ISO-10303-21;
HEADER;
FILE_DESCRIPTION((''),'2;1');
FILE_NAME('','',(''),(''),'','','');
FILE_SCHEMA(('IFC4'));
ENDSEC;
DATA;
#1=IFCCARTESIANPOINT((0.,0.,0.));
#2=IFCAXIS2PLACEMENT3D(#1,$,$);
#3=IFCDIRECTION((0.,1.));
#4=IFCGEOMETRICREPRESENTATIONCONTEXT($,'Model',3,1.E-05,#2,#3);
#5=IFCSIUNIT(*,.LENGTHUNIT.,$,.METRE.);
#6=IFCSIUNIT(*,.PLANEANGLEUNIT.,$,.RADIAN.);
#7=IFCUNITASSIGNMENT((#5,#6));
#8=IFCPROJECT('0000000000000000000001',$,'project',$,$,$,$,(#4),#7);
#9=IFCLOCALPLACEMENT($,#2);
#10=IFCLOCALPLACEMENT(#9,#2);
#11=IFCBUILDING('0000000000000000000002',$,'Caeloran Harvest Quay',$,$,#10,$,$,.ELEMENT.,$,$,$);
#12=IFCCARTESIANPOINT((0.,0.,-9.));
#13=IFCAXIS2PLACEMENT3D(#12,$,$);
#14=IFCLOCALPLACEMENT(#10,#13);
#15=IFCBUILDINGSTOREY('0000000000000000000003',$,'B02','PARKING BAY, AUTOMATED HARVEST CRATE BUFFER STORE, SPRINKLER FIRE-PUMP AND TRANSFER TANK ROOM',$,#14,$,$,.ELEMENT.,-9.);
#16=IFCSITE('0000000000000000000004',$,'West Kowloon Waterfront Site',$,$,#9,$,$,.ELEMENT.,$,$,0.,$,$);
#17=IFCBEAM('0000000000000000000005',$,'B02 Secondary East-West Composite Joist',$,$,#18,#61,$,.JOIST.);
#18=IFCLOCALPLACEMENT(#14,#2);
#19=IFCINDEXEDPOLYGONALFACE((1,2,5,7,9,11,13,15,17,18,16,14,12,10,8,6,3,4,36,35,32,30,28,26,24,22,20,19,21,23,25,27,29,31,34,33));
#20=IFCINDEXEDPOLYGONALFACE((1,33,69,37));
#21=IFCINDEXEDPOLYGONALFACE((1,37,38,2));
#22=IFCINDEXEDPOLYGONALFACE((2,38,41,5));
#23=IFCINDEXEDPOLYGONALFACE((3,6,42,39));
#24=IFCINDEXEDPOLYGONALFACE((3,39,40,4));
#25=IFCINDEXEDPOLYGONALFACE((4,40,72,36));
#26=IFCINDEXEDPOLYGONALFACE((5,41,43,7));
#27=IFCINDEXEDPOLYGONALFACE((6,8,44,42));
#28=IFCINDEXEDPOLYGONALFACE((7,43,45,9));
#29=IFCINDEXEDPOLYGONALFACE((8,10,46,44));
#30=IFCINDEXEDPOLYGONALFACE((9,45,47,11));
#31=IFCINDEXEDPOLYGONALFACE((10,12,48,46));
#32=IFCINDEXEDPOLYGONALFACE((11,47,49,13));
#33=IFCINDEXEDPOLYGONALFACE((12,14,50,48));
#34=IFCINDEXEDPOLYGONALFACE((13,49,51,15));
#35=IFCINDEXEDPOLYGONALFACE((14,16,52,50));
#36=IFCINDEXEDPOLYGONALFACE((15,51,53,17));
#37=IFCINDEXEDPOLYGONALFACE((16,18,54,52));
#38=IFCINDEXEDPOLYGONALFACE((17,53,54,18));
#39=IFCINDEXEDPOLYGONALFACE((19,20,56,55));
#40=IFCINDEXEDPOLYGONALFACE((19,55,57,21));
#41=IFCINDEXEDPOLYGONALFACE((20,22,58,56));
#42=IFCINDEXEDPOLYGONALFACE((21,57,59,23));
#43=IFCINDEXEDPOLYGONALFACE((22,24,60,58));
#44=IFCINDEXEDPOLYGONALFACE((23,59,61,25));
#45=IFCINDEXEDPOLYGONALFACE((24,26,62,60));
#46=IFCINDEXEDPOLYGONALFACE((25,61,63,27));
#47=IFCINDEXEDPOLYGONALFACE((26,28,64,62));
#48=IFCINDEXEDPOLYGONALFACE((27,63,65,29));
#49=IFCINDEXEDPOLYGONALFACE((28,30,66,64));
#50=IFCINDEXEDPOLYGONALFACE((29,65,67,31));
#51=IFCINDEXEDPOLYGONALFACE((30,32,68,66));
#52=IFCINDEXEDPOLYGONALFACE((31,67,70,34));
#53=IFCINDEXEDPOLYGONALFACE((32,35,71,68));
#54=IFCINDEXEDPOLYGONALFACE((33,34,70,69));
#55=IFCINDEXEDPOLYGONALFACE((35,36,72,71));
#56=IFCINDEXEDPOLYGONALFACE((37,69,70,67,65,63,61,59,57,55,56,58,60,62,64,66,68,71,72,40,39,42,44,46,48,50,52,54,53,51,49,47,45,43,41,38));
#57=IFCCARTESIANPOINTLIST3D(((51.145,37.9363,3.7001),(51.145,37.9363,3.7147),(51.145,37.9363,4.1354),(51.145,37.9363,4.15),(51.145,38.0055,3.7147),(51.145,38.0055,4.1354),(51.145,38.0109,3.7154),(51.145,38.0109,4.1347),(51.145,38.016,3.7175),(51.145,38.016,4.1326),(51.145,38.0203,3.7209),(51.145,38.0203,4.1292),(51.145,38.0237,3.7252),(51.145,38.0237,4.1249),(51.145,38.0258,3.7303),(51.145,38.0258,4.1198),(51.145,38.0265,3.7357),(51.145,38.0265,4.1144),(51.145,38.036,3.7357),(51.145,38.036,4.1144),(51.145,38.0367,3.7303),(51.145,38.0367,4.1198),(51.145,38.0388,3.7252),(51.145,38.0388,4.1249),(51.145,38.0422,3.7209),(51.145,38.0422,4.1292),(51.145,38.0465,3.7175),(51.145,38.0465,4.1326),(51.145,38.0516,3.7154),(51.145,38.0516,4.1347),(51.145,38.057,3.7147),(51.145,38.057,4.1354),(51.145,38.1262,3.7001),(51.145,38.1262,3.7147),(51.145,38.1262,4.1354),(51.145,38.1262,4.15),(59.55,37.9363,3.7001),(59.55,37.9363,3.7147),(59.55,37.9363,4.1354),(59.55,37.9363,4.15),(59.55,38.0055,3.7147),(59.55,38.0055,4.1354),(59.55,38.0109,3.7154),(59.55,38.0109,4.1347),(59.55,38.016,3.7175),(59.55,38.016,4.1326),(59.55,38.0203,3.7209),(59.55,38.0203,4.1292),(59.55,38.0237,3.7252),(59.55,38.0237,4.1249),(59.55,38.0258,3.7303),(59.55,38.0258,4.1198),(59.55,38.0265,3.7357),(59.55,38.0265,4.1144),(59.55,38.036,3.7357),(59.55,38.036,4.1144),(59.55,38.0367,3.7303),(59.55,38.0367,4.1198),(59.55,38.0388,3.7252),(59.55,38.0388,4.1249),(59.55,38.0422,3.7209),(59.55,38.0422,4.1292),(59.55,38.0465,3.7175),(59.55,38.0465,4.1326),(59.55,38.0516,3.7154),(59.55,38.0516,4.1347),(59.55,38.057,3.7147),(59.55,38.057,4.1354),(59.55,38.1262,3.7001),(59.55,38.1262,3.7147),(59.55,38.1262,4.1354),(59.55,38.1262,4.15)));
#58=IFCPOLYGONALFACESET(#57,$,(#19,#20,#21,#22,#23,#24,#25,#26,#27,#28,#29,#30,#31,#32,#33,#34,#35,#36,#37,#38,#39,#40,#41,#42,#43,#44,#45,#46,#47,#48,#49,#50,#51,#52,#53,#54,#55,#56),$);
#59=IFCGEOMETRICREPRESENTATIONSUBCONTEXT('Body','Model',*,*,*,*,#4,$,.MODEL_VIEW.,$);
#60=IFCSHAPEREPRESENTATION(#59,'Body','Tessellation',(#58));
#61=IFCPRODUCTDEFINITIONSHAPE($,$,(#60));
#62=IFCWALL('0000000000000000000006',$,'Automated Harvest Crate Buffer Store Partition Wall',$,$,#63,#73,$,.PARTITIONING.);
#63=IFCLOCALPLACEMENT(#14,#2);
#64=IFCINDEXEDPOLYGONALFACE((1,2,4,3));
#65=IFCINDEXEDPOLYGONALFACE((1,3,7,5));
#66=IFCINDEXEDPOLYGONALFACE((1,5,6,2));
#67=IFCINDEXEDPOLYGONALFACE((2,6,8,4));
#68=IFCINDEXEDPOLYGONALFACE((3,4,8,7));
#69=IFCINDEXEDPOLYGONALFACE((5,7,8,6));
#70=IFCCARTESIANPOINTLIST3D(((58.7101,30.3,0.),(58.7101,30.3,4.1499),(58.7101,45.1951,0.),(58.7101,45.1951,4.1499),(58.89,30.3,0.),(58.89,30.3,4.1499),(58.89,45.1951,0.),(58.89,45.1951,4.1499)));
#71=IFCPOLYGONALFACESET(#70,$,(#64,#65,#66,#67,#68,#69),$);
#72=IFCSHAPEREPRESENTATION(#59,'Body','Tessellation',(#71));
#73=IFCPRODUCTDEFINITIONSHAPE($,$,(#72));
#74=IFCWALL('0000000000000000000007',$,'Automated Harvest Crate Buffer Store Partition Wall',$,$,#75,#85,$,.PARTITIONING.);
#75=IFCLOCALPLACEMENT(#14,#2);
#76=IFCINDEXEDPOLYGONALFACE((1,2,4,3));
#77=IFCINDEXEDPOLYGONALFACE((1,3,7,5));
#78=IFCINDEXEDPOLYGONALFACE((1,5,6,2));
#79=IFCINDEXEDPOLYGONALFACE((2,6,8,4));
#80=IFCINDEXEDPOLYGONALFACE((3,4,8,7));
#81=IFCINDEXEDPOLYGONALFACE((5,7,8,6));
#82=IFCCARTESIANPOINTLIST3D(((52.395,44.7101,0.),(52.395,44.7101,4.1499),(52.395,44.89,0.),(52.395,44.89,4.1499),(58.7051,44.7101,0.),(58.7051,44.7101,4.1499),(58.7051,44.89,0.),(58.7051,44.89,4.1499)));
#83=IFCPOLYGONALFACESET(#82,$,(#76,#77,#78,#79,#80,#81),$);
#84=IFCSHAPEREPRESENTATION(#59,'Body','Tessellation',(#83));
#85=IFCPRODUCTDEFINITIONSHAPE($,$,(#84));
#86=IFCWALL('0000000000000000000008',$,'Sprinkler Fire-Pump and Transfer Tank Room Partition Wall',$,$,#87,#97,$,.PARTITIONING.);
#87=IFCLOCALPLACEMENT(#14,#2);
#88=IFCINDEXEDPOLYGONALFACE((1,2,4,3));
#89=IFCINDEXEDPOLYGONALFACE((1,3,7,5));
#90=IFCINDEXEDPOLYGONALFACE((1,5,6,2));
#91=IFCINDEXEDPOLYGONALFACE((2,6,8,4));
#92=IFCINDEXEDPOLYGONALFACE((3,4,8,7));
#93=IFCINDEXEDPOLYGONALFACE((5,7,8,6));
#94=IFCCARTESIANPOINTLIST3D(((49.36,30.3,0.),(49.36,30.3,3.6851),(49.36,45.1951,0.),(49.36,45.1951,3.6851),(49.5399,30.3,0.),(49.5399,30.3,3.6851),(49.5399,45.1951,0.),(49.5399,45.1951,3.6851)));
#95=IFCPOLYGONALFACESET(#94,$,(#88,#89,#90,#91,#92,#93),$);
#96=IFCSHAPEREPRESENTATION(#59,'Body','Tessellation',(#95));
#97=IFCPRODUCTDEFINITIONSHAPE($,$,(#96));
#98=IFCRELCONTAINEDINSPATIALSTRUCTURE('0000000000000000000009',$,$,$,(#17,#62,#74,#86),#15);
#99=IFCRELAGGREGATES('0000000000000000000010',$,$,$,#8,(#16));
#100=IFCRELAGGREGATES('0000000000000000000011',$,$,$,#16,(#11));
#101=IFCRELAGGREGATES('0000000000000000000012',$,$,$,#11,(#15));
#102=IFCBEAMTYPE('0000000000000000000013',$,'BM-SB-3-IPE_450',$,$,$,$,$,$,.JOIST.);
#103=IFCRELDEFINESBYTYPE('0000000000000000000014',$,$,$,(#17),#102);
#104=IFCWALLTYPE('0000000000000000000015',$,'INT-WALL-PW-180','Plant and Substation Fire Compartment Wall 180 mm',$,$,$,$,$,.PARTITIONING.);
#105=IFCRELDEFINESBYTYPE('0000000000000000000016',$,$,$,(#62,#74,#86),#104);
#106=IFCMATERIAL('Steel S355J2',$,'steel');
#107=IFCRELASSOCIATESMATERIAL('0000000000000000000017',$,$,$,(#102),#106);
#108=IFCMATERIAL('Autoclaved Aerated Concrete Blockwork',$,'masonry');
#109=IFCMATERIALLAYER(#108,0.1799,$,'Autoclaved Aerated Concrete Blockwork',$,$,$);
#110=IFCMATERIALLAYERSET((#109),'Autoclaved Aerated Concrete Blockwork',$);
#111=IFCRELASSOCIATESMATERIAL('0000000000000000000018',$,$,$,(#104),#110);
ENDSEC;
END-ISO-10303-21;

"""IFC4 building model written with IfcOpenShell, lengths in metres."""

from ifc_helpers import new_model, si_unit, direction, frame, frame_2d, origin, origin_2d, place, context, subcontext, project, spatial, rectangle, i_section, extrude, material, layer, layer_set, material_profile, profile_set, type_object, element, save


model = new_model("IFC4")

# Units and contexts
model_context = context("Model", 3, precision=1e-05, world=origin(), true_north=direction((0.0, 1.0)))
body_context = subcontext(model_context, "Body", "Model", "MODEL_VIEW")
ifc_project = project(units=[si_unit("LENGTHUNIT", "METRE"), si_unit("PLANEANGLEUNIT", "RADIAN")], contexts=[model_context])

# Site, building, storey
site_placement = place(None, origin())
site = spatial("IfcSite", under=ifc_project, at=site_placement, Name="West Kowloon Waterfront Site", CompositionType="ELEMENT", RefElevation=0.0)
building_placement = place(site_placement, origin())
building = spatial("IfcBuilding", under=site, at=building_placement, Name="Caeloran Harvest Quay", CompositionType="ELEMENT")
storey_placement = place(building_placement, frame((0.0, 0.0, -9.0)))
storey = spatial("IfcBuildingStorey", under=building, at=storey_placement, Name="B02", Description="PARKING BAY, AUTOMATED HARVEST CRATE BUFFER STORE, SPRINKLER FIRE-PUMP AND TRANSFER TANK ROOM", CompositionType="ELEMENT", Elevation=-9.0)

# Beam
ifc_material_1 = material(Name="Steel S355J2", Category="steel")
ifc_material_profile_1 = material_profile(ifc_material_1, i_section(OverallWidth=0.1899, OverallDepth=0.45, WebThickness=0.0095, FlangeThickness=0.0146, FilletRadius=0.021, at=origin_2d()), Name="IPE 450")
ifc_profile_set_1 = profile_set([ifc_material_profile_1], Name="Steel S355J2")
beam_type_1 = type_object("IfcBeamType", Name="BM-SB-3-IPE_450", PredefinedType="JOIST", material=ifc_profile_set_1)
for number, where, z_axis, x_axis, name in (
    (1, (51.145, 38.0312, 3.925), (1.0, 0.0, 0.0), (0.0, 1.0, 0.0), "B02 Secondary East-West Composite Joist"),
):
    element("IfcBeam", number, at=place(storey_placement, frame(where, z_axis=z_axis, x_axis=x_axis)), inside=storey, type_object=beam_type_1, Name=name, PredefinedType="JOIST", context=body_context, shape_type="SweptSolid", body=[
        extrude(i_section(OverallWidth=0.1899, OverallDepth=0.45, WebThickness=0.0095, FlangeThickness=0.0146, FilletRadius=0.021, at=origin_2d()), origin(), (0.0, 0.0, 1.0), 8.405),
    ])

# Walls
ifc_material_2 = material(Name="Autoclaved Aerated Concrete Blockwork", Category="masonry")
ifc_layer = layer(ifc_material_2, 0.1799, Name="Autoclaved Aerated Concrete Blockwork")
ifc_layer_set = layer_set([ifc_layer], Name="Autoclaved Aerated Concrete Blockwork")
wall_type = type_object("IfcWallType", Name="INT-WALL-PW-180", Description="Plant and Substation Fire Compartment Wall 180 mm", PredefinedType="PARTITIONING", material=ifc_layer_set)
wall_1_placement = place(storey_placement, frame((58.8, 45.1951, 0.0), z_axis=(0.0, 0.0, 1.0), x_axis=(0.0, -1.0, 0.0)))
element("IfcWall", 2, at=wall_1_placement, inside=storey, type_object=wall_type, Name="Automated Harvest Crate Buffer Store Partition Wall", PredefinedType="PARTITIONING", context=body_context, shape_type="SweptSolid", body=[
    extrude(rectangle(XDim=14.895, YDim=0.1799, at=frame_2d((7.4475, 0.0))), origin(), (0.0, 0.0, 1.0), 4.1499),
])
wall_2_placement = place(storey_placement, frame((52.395, 44.8, 0.0), z_axis=(0.0, 0.0, 1.0), x_axis=(1.0, 0.0, 0.0)))
element("IfcWall", 3, at=wall_2_placement, inside=storey, type_object=wall_type, Name="Automated Harvest Crate Buffer Store Partition Wall", PredefinedType="PARTITIONING", context=body_context, shape_type="SweptSolid", body=[
    extrude(rectangle(XDim=6.3101, YDim=0.1799, at=frame_2d((3.155, 0.0))), origin(), (0.0, 0.0, 1.0), 4.1499),
])
wall_3_placement = place(storey_placement, frame((49.45, 45.1951, 0.0), z_axis=(0.0, 0.0, 1.0), x_axis=(0.0, -1.0, 0.0)))
element("IfcWall", 4, at=wall_3_placement, inside=storey, type_object=wall_type, Name="Sprinkler Fire-Pump and Transfer Tank Room Partition Wall", PredefinedType="PARTITIONING", context=body_context, shape_type="SweptSolid", body=[
    extrude(rectangle(XDim=14.895, YDim=0.1799, at=frame_2d((7.4475, 0.0))), origin(), (0.0, 0.0, 1.0), 3.6851),
])

save(model, "model.ifc")
